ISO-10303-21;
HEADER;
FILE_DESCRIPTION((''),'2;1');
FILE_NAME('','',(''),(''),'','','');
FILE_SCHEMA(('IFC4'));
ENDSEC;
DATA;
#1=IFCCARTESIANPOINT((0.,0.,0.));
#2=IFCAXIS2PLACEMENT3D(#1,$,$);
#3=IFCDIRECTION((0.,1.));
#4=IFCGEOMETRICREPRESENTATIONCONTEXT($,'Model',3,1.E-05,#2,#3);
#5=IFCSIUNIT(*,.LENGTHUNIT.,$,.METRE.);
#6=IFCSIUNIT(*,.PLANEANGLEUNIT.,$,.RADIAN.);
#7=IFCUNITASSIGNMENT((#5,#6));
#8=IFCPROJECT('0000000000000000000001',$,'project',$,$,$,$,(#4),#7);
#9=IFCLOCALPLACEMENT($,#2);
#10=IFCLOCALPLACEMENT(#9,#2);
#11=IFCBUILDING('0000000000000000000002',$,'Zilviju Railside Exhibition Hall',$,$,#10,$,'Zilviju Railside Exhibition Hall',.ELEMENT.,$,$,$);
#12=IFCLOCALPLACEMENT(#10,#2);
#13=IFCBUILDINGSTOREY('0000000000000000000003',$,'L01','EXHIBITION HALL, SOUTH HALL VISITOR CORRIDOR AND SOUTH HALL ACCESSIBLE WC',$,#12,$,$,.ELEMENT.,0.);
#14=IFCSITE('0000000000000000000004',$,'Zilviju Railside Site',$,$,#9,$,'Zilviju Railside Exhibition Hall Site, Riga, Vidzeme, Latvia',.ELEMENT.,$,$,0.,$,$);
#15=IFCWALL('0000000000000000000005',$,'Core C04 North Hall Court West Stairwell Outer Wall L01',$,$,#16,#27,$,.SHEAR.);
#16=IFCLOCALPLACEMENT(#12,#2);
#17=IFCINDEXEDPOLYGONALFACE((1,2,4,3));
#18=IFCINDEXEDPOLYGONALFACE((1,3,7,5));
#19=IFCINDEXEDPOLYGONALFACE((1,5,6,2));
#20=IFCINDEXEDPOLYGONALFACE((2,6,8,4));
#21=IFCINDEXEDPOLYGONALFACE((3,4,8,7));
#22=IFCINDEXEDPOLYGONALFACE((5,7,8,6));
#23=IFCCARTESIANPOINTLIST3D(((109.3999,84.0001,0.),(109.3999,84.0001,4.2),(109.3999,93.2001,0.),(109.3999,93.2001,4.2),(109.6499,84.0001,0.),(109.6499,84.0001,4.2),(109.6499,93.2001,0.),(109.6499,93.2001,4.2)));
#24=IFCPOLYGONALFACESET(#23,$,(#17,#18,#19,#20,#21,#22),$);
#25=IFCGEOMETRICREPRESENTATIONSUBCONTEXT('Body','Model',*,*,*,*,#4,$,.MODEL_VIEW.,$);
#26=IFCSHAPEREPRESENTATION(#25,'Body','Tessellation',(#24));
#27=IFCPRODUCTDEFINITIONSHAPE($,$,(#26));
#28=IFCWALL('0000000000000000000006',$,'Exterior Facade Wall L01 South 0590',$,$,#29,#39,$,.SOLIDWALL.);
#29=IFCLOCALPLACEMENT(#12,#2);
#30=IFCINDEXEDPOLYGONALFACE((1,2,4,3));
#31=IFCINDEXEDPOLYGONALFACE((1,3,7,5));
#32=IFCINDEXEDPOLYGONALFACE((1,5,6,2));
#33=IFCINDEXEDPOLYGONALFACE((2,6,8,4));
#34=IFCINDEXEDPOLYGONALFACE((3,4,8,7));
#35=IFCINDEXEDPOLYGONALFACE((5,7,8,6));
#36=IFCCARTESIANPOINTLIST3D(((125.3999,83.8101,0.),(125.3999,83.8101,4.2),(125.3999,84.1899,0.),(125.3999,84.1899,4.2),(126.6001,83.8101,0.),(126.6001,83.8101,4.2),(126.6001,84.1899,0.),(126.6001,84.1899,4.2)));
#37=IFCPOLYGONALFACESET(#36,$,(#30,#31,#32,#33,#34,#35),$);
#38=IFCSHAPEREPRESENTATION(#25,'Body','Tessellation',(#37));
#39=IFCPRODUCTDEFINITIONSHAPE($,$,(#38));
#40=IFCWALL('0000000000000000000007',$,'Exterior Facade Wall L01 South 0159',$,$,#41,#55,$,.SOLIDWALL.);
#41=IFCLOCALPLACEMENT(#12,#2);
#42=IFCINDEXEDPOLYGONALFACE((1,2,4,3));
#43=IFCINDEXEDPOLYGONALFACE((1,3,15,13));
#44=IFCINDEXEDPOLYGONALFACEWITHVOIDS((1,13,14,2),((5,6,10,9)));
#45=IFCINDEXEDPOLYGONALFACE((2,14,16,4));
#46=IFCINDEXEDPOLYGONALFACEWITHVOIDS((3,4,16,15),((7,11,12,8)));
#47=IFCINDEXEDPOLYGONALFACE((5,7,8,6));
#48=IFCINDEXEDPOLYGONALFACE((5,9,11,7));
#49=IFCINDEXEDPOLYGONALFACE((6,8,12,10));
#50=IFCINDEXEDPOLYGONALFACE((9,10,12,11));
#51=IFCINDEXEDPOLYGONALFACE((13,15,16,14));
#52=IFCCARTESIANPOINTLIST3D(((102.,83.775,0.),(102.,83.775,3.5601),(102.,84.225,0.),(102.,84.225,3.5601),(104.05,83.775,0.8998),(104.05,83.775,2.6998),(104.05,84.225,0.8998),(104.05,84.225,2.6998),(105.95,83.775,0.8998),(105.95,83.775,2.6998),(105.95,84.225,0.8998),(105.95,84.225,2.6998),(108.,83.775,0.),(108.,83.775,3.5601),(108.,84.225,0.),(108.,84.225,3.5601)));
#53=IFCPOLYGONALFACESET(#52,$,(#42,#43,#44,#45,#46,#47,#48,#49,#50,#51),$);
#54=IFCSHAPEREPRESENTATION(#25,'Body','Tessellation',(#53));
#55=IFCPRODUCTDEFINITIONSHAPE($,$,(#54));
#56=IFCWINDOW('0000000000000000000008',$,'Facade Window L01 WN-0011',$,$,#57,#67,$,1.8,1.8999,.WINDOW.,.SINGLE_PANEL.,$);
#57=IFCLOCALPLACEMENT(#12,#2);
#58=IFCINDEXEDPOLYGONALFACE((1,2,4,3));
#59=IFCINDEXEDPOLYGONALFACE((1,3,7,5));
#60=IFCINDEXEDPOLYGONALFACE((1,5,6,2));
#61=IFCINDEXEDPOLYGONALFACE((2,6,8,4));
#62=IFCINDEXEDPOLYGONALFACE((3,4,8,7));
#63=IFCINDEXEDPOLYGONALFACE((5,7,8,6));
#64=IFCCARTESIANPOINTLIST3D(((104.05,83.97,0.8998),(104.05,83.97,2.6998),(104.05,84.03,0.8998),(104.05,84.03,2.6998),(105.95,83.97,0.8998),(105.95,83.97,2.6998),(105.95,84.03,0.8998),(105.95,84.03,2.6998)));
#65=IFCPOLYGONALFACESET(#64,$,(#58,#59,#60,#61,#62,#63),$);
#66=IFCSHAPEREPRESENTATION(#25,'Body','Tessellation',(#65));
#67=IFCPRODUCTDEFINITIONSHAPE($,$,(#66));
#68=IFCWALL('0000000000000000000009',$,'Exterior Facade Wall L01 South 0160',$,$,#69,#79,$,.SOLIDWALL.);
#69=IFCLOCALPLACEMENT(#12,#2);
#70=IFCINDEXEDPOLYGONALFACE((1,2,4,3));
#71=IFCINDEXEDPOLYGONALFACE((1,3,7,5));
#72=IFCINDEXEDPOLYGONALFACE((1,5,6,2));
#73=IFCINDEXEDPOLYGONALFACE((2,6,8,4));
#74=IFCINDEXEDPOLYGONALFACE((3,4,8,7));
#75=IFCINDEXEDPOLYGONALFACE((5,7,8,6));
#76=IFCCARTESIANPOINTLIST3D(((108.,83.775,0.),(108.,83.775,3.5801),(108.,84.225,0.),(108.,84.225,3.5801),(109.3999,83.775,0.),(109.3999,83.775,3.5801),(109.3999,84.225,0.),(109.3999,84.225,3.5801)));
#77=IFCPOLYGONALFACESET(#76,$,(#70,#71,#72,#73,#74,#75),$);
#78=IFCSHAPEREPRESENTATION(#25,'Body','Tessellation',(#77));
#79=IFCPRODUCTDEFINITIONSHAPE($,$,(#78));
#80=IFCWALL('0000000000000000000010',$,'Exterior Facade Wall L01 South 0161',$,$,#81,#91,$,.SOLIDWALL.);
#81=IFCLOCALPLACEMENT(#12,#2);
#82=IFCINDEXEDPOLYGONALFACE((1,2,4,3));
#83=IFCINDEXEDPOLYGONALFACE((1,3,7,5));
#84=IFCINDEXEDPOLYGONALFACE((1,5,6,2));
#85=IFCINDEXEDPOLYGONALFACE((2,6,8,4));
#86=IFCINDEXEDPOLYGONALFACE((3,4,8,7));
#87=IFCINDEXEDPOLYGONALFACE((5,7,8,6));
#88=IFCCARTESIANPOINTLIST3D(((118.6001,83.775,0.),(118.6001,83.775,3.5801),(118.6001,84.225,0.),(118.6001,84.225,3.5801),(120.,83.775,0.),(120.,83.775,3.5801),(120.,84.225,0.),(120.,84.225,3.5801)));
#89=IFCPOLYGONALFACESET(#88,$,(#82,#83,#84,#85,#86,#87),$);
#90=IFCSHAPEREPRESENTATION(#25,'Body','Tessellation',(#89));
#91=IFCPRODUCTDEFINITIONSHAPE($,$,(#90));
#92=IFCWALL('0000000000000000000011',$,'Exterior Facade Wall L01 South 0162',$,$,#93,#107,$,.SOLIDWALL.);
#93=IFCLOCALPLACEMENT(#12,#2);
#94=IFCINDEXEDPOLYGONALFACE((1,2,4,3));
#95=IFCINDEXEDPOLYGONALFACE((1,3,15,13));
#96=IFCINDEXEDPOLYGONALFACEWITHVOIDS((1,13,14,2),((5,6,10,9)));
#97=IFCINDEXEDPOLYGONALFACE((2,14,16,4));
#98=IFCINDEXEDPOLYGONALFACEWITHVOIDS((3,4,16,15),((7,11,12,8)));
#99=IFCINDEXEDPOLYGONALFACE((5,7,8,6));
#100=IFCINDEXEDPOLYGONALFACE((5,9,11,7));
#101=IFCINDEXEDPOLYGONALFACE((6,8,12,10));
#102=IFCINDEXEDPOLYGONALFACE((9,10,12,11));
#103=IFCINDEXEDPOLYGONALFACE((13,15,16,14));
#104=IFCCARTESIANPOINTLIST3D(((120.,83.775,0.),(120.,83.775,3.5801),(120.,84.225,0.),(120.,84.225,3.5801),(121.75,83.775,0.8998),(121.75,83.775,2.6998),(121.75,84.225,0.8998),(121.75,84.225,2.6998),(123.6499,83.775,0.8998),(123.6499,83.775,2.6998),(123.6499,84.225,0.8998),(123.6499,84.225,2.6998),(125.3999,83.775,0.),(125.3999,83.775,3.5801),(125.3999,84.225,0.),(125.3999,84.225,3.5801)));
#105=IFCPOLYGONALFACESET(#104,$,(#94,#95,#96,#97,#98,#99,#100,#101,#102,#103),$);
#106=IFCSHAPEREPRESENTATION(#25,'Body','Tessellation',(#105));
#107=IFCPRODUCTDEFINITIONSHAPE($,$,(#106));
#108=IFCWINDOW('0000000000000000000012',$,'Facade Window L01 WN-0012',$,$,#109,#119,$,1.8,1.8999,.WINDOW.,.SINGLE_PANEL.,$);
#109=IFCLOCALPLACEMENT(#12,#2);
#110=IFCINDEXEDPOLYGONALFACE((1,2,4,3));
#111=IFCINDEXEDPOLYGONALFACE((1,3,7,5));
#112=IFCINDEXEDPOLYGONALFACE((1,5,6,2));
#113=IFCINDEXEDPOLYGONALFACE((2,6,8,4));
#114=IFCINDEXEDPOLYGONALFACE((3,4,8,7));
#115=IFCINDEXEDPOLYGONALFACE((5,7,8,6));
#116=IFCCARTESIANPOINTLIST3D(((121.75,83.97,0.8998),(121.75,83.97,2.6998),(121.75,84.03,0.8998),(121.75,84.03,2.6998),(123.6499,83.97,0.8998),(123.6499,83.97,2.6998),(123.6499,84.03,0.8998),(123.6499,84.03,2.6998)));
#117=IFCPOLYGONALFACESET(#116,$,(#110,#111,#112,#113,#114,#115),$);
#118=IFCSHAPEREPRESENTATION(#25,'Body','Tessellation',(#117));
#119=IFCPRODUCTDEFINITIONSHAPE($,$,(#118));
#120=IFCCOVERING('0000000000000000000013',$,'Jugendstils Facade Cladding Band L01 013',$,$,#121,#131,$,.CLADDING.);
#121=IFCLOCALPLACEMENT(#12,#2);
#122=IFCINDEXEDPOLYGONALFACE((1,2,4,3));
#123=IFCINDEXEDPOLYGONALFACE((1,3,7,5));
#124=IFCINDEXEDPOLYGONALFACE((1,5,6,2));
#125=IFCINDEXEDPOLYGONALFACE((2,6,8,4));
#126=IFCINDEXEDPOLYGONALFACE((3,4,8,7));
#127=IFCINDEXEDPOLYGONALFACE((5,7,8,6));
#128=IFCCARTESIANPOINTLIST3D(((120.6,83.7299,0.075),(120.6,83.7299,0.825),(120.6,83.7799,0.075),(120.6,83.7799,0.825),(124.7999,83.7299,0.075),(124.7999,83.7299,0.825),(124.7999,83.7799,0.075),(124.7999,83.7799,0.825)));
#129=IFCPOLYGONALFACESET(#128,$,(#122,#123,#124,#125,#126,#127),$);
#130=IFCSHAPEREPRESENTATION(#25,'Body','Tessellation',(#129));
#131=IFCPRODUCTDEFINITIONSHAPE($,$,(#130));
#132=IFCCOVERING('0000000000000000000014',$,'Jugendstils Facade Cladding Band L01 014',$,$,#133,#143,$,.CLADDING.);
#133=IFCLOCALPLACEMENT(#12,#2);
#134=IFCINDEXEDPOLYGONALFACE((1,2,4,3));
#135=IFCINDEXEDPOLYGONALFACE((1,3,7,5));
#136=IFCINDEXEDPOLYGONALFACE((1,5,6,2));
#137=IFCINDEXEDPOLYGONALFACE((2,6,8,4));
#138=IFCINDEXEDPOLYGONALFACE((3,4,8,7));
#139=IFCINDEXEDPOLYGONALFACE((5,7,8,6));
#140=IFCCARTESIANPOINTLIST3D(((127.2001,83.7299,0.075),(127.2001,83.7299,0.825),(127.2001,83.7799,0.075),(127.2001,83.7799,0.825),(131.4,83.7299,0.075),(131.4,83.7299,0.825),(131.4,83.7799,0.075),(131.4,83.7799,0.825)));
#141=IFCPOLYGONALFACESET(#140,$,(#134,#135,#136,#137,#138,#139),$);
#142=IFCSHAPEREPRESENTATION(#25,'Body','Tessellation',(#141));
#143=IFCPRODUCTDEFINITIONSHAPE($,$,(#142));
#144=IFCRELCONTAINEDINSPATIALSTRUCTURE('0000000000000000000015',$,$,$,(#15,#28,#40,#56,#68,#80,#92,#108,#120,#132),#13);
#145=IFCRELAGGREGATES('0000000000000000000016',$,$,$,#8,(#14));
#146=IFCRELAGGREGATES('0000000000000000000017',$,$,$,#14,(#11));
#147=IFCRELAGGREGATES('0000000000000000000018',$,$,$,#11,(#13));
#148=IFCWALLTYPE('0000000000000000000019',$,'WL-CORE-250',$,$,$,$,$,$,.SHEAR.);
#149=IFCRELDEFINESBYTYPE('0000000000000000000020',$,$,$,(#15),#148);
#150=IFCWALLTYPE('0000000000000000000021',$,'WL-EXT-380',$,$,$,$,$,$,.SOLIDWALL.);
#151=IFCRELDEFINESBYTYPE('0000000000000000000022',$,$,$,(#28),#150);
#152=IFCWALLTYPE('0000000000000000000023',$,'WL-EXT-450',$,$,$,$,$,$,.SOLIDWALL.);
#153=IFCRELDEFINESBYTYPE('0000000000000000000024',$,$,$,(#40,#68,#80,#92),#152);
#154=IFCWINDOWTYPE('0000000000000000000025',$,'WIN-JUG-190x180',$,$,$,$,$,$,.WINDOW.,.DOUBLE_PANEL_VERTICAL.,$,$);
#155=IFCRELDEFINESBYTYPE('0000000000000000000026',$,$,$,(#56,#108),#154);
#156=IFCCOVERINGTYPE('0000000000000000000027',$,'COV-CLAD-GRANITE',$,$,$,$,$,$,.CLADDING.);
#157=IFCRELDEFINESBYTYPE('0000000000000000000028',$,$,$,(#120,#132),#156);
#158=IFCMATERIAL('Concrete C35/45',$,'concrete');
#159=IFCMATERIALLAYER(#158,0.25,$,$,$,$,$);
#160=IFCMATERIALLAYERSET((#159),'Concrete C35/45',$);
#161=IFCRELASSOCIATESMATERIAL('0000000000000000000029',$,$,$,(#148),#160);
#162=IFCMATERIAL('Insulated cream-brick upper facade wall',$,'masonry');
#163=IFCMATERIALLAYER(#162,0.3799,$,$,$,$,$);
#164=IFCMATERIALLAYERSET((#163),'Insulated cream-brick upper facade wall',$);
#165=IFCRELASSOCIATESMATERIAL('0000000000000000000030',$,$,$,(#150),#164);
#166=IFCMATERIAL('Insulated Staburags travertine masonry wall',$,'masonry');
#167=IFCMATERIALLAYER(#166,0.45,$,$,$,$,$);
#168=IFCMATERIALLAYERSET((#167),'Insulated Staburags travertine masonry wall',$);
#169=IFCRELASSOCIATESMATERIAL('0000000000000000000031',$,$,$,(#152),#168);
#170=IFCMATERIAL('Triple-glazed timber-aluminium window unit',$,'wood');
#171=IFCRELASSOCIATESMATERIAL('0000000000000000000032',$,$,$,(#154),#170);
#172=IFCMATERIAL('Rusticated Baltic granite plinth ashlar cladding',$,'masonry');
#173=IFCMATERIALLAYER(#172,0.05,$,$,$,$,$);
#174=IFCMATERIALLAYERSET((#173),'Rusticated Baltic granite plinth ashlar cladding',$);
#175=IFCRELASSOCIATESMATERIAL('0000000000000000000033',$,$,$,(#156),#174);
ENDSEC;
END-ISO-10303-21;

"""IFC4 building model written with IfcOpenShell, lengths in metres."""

from ifc_helpers import new_model, si_unit, direction, frame, frame_2d, origin, origin_2d, place, context, subcontext, project, spatial, rectangle, extrude, material, layer, layer_set, type_object, element, fill, save


model = new_model("IFC4")

# Units and contexts
model_context = context("Model", 3, precision=1e-05, world=origin(), true_north=direction((0.0, 1.0)))
body_context = subcontext(model_context, "Body", "Model", "MODEL_VIEW")
ifc_project = project(units=[si_unit("LENGTHUNIT", "METRE"), si_unit("PLANEANGLEUNIT", "RADIAN")], contexts=[model_context])

# Site, building, storey
site_placement = place(None, origin())
site = spatial("IfcSite", under=ifc_project, at=site_placement, Name="Zilviju Railside Site", LongName="Zilviju Railside Exhibition Hall Site, Riga, Vidzeme, Latvia", CompositionType="ELEMENT", RefElevation=0.0)
building_placement = place(site_placement, origin())
building = spatial("IfcBuilding", under=site, at=building_placement, Name="Zilviju Railside Exhibition Hall", LongName="Zilviju Railside Exhibition Hall", CompositionType="ELEMENT")
storey_placement = place(building_placement, origin())
storey = spatial("IfcBuildingStorey", under=building, at=storey_placement, Name="L01", Description="EXHIBITION HALL, SOUTH HALL VISITOR CORRIDOR AND SOUTH HALL ACCESSIBLE WC", CompositionType="ELEMENT", Elevation=0.0)

# Shared definitions
ifc_material_1 = material(Name="Concrete C35/45", Category="concrete")

# Wall
ifc_layer_1 = layer(ifc_material_1, 0.25)
ifc_layer_set_1 = layer_set([ifc_layer_1], Name="Concrete C35/45")
wall_type_1 = type_object("IfcWallType", Name="WL-CORE-250", PredefinedType="SHEAR", material=ifc_layer_set_1)
wall_1_placement = place(storey_placement, frame((109.5249, 84.0, 0.0), z_axis=(0.0, 0.0, 1.0), x_axis=(0.0, 1.0, 0.0)))
element("IfcWall", 1, at=wall_1_placement, inside=storey, type_object=wall_type_1, Name="Core C04 North Hall Court West Stairwell Outer Wall L01", PredefinedType="SHEAR", context=body_context, shape_type="SweptSolid", body=[
    extrude(rectangle(XDim=9.2, YDim=0.25, at=frame_2d((4.6001, 0.0))), origin(), (0.0, 0.0, 1.0), 4.2),
])

# Wall
ifc_material_2 = material(Name="Insulated cream-brick upper facade wall", Category="masonry")
ifc_layer_2 = layer(ifc_material_2, 0.3799)
ifc_layer_set_2 = layer_set([ifc_layer_2], Name="Insulated cream-brick upper facade wall")
wall_type_2 = type_object("IfcWallType", Name="WL-EXT-380", PredefinedType="SOLIDWALL", material=ifc_layer_set_2)
wall_2_placement = place(storey_placement, frame((126.6001, 84.0, 0.0), z_axis=(0.0, 0.0, 1.0), x_axis=(-1.0, 0.0, 0.0)))
element("IfcWall", 2, at=wall_2_placement, inside=storey, type_object=wall_type_2, Name="Exterior Facade Wall L01 South 0590", PredefinedType="SOLIDWALL", context=body_context, shape_type="SweptSolid", body=[
    extrude(rectangle(XDim=1.2002, YDim=0.3799, at=frame_2d((0.6001, 0.0))), origin(), (0.0, 0.0, 1.0), 4.2),
])

# Wall, opening, window
ifc_material_3 = material(Name="Insulated Staburags travertine masonry wall", Category="masonry")
ifc_layer_3 = layer(ifc_material_3, 0.45)
ifc_layer_set_3 = layer_set([ifc_layer_3], Name="Insulated Staburags travertine masonry wall")
wall_type_3 = type_object("IfcWallType", Name="WL-EXT-450", PredefinedType="SOLIDWALL", material=ifc_layer_set_3)
wall_3_placement = place(storey_placement, frame((108.0, 84.0, 0.0), z_axis=(0.0, 0.0, 1.0), x_axis=(-1.0, 0.0, 0.0)))
wall_3 = element("IfcWall", 3, at=wall_3_placement, inside=storey, type_object=wall_type_3, Name="Exterior Facade Wall L01 South 0159", PredefinedType="SOLIDWALL", context=body_context, shape_type="SweptSolid", body=[
    extrude(rectangle(XDim=6.0, YDim=0.45, at=frame_2d((3.0, 0.0))), origin(), (0.0, 0.0, 1.0), 3.5601),
])
opening_1_placement = place(wall_3_placement, frame((2.05, 0.0, 0.8999)))
opening_1 = element("IfcOpeningElement", 4, at=opening_1_placement, cuts=wall_3, PredefinedType="OPENING", context=body_context, shape_type="SweptSolid", body=[
    extrude(rectangle(XDim=1.8999, YDim=1.8, at=frame_2d((0.95, 0.8999))), frame((0.0, 0.2349, 0.0), z_axis=(0.0, -1.0, 0.0), x_axis=(1.0, 0.0, 0.0)), (0.0, 0.0, 1.0), 0.47),
])
ifc_material_4 = material(Name="Triple-glazed timber-aluminium window unit", Category="wood")
window_type = type_object("IfcWindowType", Name="WIN-JUG-190x180", PartitioningType="DOUBLE_PANEL_VERTICAL", PredefinedType="WINDOW", material=ifc_material_4)
window_1_placement = place(opening_1_placement, origin())
window_1 = element("IfcWindow", 5, at=window_1_placement, inside=storey, type_object=window_type, Name="Facade Window L01 WN-0011", OverallHeight=1.8, OverallWidth=1.8999, PartitioningType="SINGLE_PANEL", PredefinedType="WINDOW", context=body_context, shape_type="SweptSolid", body=[
    extrude(rectangle(XDim=1.8999, YDim=1.8, at=frame_2d((0.95, 0.8999))), frame((0.0, 0.03, 0.0), z_axis=(0.0, -1.0, 0.0), x_axis=(1.0, 0.0, 0.0)), (0.0, 0.0, 1.0), 0.0601),
])
fill(opening_1, window_1)

# Walls
for number, where, z_axis, x_axis, name in (
    (6, (109.3999, 84.0, 0.0), (0.0, 0.0, 1.0), (-1.0, 0.0, 0.0), "Exterior Facade Wall L01 South 0160"),
    (7, (120.0, 84.0, 0.0), (0.0, 0.0, 1.0), (-1.0, 0.0, 0.0), "Exterior Facade Wall L01 South 0161"),
):
    element("IfcWall", number, at=place(storey_placement, frame(where, z_axis=z_axis, x_axis=x_axis)), inside=storey, type_object=wall_type_3, Name=name, PredefinedType="SOLIDWALL", context=body_context, shape_type="SweptSolid", body=[
        extrude(rectangle(XDim=1.3999, YDim=0.45, at=frame_2d((0.7, 0.0))), origin(), (0.0, 0.0, 1.0), 3.5801),
    ])

# Wall, opening, window
wall_4_placement = place(storey_placement, frame((125.3999, 84.0, 0.0), z_axis=(0.0, 0.0, 1.0), x_axis=(-1.0, 0.0, 0.0)))
wall_4 = element("IfcWall", 8, at=wall_4_placement, inside=storey, type_object=wall_type_3, Name="Exterior Facade Wall L01 South 0162", PredefinedType="SOLIDWALL", context=body_context, shape_type="SweptSolid", body=[
    extrude(rectangle(XDim=5.3999, YDim=0.45, at=frame_2d((2.7, 0.0))), origin(), (0.0, 0.0, 1.0), 3.5801),
])
opening_2_placement = place(wall_4_placement, frame((1.75, 0.0, 0.8999)))
opening_2 = element("IfcOpeningElement", 9, at=opening_2_placement, cuts=wall_4, PredefinedType="OPENING", context=body_context, shape_type="SweptSolid", body=[
    extrude(rectangle(XDim=1.8999, YDim=1.8, at=frame_2d((0.95, 0.8999))), frame((0.0, 0.2349, 0.0), z_axis=(0.0, -1.0, 0.0), x_axis=(1.0, 0.0, 0.0)), (0.0, 0.0, 1.0), 0.47),
])
window_2_placement = place(opening_2_placement, origin())
window_2 = element("IfcWindow", 10, at=window_2_placement, inside=storey, type_object=window_type, Name="Facade Window L01 WN-0012", OverallHeight=1.8, OverallWidth=1.8999, PartitioningType="SINGLE_PANEL", PredefinedType="WINDOW", context=body_context, shape_type="SweptSolid", body=[
    extrude(rectangle(XDim=1.8999, YDim=1.8, at=frame_2d((0.95, 0.8999))), frame((0.0, 0.03, 0.0), z_axis=(0.0, -1.0, 0.0), x_axis=(1.0, 0.0, 0.0)), (0.0, 0.0, 1.0), 0.0601),
])
fill(opening_2, window_2)

# Coverings
ifc_material_5 = material(Name="Rusticated Baltic granite plinth ashlar cladding", Category="masonry")
ifc_layer_4 = layer(ifc_material_5, 0.05)
ifc_layer_set_4 = layer_set([ifc_layer_4], Name="Rusticated Baltic granite plinth ashlar cladding")
covering_type = type_object("IfcCoveringType", Name="COV-CLAD-GRANITE", PredefinedType="CLADDING", material=ifc_layer_set_4)
for number, where, z_axis, x_axis, name in (
    (11, (122.7, 83.7549, 0.075), (0.0, 0.0, 1.0), (-1.0, 0.0, 0.0), "Jugendstils Facade Cladding Band L01 013"),
    (12, (129.3, 83.7549, 0.075), (0.0, 0.0, 1.0), (-1.0, 0.0, 0.0), "Jugendstils Facade Cladding Band L01 014"),
):
    element("IfcCovering", number, at=place(storey_placement, frame(where, z_axis=z_axis, x_axis=x_axis)), inside=storey, type_object=covering_type, Name=name, PredefinedType="CLADDING", context=body_context, shape_type="SweptSolid", body=[
        extrude(rectangle(XDim=4.2, YDim=0.05, at=origin_2d()), origin(), (0.0, 0.0, 1.0), 0.75),
    ])

save(model, "model.ifc")
